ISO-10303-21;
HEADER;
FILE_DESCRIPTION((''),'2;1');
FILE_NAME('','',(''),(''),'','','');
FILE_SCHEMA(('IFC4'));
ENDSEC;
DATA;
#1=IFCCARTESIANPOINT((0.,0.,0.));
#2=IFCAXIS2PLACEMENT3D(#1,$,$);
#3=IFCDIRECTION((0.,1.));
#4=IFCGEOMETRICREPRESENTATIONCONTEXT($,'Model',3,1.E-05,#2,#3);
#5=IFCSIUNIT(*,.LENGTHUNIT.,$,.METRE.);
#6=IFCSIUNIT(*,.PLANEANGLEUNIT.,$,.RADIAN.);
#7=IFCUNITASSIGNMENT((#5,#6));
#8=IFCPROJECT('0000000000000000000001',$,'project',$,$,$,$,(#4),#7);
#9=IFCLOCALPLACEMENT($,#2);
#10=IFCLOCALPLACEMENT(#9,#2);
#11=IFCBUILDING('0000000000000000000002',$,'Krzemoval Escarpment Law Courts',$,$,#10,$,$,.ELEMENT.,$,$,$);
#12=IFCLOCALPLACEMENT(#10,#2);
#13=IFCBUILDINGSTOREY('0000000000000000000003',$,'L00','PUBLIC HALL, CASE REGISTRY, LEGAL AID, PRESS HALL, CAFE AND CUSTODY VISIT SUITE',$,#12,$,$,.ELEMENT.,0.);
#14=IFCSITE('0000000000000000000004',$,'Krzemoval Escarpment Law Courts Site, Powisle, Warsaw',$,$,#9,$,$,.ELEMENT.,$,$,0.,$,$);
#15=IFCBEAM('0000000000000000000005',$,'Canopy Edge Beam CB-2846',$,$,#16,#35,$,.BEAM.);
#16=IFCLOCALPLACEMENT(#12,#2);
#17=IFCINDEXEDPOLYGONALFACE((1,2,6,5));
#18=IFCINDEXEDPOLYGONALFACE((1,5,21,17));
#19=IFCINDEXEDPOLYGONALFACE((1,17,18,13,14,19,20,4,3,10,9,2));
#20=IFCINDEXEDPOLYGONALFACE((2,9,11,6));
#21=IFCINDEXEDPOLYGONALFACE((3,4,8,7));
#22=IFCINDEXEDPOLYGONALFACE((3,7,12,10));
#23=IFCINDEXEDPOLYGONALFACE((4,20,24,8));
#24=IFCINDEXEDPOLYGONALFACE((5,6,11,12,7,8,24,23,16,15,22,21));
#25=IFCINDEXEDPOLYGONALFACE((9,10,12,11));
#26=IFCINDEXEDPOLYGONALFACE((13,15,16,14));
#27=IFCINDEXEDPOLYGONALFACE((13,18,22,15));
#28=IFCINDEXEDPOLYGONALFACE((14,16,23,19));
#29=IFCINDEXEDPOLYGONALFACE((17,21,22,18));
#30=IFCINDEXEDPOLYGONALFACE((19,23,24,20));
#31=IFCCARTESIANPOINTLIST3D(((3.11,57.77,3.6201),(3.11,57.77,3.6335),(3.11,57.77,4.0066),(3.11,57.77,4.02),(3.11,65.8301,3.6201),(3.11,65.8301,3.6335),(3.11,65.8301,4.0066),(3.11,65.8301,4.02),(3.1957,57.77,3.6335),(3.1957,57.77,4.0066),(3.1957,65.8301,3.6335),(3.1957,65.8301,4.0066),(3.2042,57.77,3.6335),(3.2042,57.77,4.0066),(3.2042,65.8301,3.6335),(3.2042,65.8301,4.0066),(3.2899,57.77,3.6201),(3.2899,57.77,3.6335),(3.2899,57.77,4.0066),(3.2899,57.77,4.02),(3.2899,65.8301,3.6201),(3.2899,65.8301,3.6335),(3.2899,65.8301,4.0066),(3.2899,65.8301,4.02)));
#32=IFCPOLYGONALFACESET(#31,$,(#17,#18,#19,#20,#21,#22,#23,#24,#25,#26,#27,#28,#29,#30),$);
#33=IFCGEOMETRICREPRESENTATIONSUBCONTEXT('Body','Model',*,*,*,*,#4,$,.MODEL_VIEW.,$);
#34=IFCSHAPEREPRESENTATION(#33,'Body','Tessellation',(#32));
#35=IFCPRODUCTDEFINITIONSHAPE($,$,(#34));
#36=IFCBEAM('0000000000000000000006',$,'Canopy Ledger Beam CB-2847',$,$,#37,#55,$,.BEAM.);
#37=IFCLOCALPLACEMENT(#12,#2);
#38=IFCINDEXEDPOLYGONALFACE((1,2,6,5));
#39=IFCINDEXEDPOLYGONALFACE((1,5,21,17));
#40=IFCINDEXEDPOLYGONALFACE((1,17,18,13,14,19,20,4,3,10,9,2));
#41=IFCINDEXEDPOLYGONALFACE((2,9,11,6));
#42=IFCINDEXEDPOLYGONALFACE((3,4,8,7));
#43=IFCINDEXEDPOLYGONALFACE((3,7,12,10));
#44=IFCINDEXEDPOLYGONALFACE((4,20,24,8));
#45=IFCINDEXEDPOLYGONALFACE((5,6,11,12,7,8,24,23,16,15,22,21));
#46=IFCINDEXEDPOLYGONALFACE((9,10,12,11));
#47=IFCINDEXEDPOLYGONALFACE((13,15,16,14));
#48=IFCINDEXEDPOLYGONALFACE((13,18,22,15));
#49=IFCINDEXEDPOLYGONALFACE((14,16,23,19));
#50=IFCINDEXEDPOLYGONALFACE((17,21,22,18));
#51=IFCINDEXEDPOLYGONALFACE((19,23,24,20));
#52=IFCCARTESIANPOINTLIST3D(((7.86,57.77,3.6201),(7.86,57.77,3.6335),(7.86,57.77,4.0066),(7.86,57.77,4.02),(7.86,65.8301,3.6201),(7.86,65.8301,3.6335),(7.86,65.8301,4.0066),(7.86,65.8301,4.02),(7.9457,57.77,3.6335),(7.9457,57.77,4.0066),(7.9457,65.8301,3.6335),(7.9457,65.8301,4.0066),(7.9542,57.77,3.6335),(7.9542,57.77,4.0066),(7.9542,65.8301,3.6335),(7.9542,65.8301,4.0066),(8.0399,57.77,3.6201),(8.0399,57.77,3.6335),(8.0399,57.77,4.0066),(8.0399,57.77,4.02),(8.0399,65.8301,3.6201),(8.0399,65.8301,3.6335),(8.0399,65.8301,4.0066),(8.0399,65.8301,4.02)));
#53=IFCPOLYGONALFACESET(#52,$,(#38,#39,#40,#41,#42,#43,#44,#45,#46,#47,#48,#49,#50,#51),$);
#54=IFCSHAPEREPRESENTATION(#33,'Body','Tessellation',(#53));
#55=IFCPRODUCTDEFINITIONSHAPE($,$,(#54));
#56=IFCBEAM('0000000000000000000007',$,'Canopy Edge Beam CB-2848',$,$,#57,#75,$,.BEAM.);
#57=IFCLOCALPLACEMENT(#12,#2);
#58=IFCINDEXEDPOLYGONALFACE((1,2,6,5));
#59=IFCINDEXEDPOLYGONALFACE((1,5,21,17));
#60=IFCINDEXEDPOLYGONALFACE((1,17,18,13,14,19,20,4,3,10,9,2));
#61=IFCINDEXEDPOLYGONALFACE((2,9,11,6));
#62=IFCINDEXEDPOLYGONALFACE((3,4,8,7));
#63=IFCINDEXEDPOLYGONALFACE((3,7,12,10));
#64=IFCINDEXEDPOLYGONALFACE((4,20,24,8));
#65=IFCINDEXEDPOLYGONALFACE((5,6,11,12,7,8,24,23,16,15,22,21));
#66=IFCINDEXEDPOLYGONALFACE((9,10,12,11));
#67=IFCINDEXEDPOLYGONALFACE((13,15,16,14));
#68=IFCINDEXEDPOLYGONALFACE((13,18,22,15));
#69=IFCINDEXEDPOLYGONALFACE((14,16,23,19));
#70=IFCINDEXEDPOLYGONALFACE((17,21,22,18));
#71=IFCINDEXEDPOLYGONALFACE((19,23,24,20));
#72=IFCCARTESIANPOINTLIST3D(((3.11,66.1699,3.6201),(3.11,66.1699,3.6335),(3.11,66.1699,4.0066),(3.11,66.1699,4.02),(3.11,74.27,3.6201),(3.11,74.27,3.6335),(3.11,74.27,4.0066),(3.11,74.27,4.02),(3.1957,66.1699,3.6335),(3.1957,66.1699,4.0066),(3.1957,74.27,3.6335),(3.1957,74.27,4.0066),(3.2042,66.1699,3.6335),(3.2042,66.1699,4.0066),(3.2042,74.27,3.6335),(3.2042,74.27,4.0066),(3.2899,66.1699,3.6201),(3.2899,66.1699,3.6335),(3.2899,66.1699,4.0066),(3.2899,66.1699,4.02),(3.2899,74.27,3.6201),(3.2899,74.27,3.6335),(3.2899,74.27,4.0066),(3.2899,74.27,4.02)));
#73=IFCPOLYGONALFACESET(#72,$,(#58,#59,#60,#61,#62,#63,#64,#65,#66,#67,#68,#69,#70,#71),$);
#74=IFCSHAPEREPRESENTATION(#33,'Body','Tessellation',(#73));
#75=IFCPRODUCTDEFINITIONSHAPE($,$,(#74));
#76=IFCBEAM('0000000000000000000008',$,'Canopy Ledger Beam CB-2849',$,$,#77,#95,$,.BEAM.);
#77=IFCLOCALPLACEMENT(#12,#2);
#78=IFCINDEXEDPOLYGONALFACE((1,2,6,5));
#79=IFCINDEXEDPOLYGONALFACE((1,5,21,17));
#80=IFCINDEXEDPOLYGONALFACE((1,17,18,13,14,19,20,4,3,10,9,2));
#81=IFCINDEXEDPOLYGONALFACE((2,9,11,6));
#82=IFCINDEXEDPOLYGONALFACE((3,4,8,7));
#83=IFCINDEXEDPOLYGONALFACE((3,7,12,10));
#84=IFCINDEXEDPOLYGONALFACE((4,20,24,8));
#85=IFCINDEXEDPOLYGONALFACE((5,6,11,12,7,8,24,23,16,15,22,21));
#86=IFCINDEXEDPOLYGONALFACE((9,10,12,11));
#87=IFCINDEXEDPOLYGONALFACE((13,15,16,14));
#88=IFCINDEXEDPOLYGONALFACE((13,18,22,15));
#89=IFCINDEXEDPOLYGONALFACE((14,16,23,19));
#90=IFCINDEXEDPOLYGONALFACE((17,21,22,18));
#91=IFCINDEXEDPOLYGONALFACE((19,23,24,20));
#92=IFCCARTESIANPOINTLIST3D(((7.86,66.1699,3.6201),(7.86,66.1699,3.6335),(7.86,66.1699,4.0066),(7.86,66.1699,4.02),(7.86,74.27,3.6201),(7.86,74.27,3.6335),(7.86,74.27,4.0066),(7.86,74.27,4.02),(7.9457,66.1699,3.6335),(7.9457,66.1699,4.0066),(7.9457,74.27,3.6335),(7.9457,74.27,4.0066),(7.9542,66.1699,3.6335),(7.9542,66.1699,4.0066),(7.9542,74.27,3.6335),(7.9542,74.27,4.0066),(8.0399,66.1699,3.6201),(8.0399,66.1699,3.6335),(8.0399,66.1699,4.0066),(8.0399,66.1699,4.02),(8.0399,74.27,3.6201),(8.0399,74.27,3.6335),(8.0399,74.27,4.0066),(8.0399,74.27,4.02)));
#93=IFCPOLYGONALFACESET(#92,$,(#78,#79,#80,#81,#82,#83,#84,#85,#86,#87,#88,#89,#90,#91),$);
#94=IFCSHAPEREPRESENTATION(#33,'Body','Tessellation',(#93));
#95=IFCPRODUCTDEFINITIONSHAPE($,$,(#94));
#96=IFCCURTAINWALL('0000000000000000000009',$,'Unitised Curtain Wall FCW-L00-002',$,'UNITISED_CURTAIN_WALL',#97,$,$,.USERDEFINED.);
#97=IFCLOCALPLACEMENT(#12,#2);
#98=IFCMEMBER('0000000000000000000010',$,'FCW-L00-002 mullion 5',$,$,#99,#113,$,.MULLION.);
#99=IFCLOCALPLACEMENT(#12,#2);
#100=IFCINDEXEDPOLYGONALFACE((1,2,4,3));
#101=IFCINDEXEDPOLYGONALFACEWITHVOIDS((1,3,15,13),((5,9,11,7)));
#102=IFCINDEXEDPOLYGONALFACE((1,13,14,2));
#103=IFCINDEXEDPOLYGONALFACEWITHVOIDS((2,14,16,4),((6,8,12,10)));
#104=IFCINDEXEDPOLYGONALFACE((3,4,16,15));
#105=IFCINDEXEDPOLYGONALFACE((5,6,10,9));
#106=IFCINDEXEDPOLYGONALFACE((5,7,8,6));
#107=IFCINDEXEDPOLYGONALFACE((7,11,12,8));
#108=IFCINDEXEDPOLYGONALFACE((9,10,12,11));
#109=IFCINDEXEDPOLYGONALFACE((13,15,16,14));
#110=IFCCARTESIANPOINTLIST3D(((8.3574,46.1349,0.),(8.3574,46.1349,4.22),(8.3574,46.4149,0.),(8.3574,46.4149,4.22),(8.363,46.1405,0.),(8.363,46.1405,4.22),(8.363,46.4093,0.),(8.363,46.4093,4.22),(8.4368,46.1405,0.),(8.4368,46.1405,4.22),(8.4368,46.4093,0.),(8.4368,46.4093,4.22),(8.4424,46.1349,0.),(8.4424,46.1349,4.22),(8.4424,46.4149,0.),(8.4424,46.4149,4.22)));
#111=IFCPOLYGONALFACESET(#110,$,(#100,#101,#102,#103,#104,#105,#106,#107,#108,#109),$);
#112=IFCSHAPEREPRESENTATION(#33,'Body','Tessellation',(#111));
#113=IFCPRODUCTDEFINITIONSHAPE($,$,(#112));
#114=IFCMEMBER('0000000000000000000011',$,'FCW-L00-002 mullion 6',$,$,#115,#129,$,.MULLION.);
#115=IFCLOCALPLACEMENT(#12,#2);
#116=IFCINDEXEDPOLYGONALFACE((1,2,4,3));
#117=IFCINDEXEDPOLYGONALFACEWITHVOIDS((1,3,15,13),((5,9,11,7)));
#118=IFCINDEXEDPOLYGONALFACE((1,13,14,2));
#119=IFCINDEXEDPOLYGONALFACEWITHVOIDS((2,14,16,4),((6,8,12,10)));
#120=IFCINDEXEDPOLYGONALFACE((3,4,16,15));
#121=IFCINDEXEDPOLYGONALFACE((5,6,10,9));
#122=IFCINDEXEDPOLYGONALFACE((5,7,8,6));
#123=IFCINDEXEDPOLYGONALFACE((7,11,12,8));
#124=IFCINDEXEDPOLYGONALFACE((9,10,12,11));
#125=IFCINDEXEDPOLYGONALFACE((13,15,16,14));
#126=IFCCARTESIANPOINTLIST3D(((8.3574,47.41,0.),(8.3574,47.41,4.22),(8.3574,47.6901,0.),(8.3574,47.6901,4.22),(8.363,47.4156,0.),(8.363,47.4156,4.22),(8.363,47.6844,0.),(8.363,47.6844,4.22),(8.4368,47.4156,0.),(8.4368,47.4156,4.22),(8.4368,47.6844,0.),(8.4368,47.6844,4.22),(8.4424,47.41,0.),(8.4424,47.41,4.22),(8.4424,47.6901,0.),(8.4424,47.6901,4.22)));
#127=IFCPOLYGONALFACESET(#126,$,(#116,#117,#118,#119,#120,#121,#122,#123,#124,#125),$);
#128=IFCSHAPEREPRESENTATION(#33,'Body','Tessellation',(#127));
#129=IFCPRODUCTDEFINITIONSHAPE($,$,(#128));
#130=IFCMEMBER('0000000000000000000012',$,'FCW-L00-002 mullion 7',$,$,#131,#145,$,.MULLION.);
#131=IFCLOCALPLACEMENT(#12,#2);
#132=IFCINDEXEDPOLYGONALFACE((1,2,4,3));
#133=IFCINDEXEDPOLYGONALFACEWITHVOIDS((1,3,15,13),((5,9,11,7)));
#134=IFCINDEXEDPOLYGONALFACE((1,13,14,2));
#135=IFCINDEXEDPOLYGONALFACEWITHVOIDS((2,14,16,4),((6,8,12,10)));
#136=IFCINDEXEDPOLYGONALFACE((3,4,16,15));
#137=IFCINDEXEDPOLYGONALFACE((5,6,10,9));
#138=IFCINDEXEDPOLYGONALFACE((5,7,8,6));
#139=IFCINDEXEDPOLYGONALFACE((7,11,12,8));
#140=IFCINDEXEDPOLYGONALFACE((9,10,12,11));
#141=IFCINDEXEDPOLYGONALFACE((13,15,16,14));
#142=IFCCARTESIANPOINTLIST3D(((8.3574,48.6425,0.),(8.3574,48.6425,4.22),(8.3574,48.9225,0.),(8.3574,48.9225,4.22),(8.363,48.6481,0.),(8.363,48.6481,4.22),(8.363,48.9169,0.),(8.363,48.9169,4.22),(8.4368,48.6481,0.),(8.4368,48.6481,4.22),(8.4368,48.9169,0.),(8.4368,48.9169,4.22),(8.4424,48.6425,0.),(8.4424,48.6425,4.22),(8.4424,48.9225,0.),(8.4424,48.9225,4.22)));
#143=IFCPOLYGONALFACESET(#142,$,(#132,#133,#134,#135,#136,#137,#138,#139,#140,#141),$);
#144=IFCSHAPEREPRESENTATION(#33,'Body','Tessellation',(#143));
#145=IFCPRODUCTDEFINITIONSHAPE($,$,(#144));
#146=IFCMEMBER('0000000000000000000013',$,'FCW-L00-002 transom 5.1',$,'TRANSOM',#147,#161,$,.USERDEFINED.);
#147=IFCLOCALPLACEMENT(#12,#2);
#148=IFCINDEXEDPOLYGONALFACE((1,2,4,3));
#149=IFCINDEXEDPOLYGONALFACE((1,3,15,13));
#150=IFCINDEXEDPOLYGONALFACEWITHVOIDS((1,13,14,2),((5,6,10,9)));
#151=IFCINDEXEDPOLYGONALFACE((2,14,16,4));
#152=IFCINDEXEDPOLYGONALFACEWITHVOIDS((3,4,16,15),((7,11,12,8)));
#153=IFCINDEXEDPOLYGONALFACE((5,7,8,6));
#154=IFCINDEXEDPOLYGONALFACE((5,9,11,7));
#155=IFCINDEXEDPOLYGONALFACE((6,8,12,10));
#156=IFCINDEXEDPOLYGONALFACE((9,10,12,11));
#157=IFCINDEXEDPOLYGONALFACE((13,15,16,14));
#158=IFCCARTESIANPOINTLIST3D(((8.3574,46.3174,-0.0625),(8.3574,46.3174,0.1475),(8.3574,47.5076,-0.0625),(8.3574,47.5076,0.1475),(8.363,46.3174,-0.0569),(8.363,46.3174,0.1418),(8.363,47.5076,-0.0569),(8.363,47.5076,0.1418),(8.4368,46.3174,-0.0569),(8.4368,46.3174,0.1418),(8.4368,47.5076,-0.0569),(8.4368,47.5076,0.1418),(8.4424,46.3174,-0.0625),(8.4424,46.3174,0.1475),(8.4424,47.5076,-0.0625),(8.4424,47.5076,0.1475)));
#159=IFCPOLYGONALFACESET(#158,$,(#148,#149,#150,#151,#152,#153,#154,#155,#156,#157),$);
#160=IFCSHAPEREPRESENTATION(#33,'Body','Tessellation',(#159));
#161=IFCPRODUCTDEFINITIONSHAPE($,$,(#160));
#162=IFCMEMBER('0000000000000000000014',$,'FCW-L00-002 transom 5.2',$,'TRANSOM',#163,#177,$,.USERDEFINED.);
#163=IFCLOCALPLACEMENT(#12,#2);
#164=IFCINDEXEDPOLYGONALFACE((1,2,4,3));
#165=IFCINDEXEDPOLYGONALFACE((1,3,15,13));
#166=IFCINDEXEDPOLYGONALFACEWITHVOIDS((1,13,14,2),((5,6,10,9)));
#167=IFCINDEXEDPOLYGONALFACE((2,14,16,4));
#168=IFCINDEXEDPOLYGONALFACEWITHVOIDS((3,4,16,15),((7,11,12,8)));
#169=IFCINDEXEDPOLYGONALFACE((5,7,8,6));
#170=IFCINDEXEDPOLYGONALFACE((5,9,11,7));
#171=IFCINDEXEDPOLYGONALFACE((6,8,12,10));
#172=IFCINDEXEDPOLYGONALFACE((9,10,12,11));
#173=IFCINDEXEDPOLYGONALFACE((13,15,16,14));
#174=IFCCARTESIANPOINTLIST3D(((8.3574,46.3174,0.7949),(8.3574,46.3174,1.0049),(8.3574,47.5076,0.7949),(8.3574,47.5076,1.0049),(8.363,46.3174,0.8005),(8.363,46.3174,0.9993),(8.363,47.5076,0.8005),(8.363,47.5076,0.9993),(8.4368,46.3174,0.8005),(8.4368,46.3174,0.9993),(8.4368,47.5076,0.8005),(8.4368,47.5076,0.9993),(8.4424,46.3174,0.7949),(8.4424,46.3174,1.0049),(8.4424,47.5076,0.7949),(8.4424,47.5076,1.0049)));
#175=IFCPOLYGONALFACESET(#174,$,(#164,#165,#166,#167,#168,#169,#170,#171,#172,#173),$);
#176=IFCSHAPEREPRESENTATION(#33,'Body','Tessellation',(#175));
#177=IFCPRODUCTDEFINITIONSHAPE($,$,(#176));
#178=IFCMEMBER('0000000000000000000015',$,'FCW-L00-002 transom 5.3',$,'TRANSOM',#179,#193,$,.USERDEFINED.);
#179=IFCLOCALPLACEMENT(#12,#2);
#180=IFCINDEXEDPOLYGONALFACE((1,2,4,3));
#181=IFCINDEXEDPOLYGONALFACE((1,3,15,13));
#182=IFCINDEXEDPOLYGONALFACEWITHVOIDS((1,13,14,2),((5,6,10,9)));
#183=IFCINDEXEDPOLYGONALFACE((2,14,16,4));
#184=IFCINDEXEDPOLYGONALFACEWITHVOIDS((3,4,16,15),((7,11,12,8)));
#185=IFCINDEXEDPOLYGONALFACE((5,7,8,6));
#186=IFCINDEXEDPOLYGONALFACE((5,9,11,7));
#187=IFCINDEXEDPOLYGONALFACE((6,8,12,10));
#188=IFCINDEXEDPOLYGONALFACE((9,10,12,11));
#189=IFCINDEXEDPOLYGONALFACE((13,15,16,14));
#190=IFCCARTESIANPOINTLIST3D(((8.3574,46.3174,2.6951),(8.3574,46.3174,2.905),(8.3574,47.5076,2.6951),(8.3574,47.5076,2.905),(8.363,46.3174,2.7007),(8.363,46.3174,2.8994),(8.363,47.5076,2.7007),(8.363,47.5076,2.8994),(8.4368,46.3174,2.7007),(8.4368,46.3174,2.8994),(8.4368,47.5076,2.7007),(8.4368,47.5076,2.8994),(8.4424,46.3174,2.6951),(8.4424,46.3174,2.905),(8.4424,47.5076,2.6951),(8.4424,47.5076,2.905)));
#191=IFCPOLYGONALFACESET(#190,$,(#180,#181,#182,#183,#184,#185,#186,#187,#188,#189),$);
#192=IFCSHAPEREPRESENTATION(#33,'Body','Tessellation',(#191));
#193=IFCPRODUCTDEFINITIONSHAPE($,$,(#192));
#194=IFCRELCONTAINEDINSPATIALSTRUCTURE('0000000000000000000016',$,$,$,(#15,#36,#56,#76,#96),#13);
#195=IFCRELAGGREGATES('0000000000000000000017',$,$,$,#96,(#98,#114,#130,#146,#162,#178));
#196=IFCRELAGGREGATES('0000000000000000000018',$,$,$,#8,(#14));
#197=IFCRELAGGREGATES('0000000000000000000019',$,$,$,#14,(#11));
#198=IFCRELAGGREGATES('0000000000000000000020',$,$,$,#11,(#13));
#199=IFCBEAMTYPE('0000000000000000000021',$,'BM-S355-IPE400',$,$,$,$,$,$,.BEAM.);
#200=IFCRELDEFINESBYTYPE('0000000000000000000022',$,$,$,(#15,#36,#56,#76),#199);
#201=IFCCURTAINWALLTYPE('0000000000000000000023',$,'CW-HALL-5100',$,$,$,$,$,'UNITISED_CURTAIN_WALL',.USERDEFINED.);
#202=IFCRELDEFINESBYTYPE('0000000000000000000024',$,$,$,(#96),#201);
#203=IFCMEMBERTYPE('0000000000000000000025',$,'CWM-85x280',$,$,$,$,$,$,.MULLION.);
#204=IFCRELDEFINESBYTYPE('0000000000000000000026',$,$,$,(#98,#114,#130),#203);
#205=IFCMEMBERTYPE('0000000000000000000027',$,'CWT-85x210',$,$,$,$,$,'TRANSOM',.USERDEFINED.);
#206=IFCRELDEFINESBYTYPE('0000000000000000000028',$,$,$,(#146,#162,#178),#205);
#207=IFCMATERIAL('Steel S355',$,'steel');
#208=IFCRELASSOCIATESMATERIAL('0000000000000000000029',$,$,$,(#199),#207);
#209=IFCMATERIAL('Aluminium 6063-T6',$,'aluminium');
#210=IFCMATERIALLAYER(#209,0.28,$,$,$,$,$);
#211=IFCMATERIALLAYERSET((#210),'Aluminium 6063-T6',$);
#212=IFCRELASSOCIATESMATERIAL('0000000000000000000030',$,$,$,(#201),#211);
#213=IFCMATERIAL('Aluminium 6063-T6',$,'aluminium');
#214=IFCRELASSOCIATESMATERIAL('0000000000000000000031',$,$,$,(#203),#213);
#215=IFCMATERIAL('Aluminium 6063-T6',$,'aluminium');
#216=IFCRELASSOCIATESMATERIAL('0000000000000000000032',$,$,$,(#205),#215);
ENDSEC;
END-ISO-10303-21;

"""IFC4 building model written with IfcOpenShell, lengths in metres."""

from ifc_helpers import new_model, si_unit, direction, frame, origin, origin_2d, place, context, subcontext, project, spatial, hollow_rectangle, i_section, extrude, material, layer, layer_set, material_profile, profile_set, type_object, element, aggregate, save


model = new_model("IFC4")

# Units and contexts
model_context = context("Model", 3, precision=1e-05, world=origin(), true_north=direction((0.0, 1.0)))
body_context = subcontext(model_context, "Body", "Model", "MODEL_VIEW")
ifc_project = project(units=[si_unit("LENGTHUNIT", "METRE"), si_unit("PLANEANGLEUNIT", "RADIAN")], contexts=[model_context])

# Site, building, storey
site_placement = place(None, origin())
site = spatial("IfcSite", under=ifc_project, at=site_placement, Name="Krzemoval Escarpment Law Courts Site, Powisle, Warsaw", CompositionType="ELEMENT", RefElevation=0.0)
building_placement = place(site_placement, origin())
building = spatial("IfcBuilding", under=site, at=building_placement, Name="Krzemoval Escarpment Law Courts", CompositionType="ELEMENT")
storey_placement = place(building_placement, origin())
storey = spatial("IfcBuildingStorey", under=building, at=storey_placement, Name="L00", Description="PUBLIC HALL, CASE REGISTRY, LEGAL AID, PRESS HALL, CAFE AND CUSTODY VISIT SUITE", CompositionType="ELEMENT", Elevation=0.0)

# Beams
ifc_material_1 = material(Name="Steel S355", Category="steel")
ifc_material_profile_1 = material_profile(ifc_material_1, i_section(OverallWidth=0.1799, OverallDepth=0.3999, WebThickness=0.0085, FlangeThickness=0.0134, at=origin_2d()), Name="IPE 400")
ifc_profile_set_1 = profile_set([ifc_material_profile_1], Name="Steel S355")
beam_type_1 = type_object("IfcBeamType", Name="BM-S355-IPE400", PredefinedType="BEAM", material=ifc_profile_set_1)
for number, where, z_axis, x_axis, name in (
    (1, (3.2, 57.77, 3.8201), (0.0, 1.0, 0.0), (-1.0, 0.0, 0.0), "Canopy Edge Beam CB-2846"),
    (2, (7.95, 57.77, 3.8201), (0.0, 1.0, 0.0), (-1.0, 0.0, 0.0), "Canopy Ledger Beam CB-2847"),
):
    element("IfcBeam", number, at=place(storey_placement, frame(where, z_axis=z_axis, x_axis=x_axis)), inside=storey, type_object=beam_type_1, Name=name, PredefinedType="BEAM", context=body_context, shape_type="SweptSolid", body=[
        extrude(i_section(OverallWidth=0.1799, OverallDepth=0.3999, WebThickness=0.0085, FlangeThickness=0.0134, at=origin_2d()), origin(), (0.0, 0.0, 1.0), 8.0601),
    ])
for number, where, z_axis, x_axis, name in (
    (3, (3.2, 66.1699, 3.8201), (0.0, 1.0, 0.0), (-1.0, 0.0, 0.0), "Canopy Edge Beam CB-2848"),
    (4, (7.95, 66.1699, 3.8201), (0.0, 1.0, 0.0), (-1.0, 0.0, 0.0), "Canopy Ledger Beam CB-2849"),
):
    element("IfcBeam", number, at=place(storey_placement, frame(where, z_axis=z_axis, x_axis=x_axis)), inside=storey, type_object=beam_type_1, Name=name, PredefinedType="BEAM", context=body_context, shape_type="SweptSolid", body=[
        extrude(i_section(OverallWidth=0.1799, OverallDepth=0.3999, WebThickness=0.0085, FlangeThickness=0.0134, at=origin_2d()), origin(), (0.0, 0.0, 1.0), 8.1001),
    ])

# Curtain wall, members
ifc_material_2 = material(Name="Aluminium 6063-T6", Category="aluminium")
ifc_layer_1 = layer(ifc_material_2, 0.28)
ifc_layer_set_1 = layer_set([ifc_layer_1], Name="Aluminium 6063-T6")
curtain_wall_type = type_object("IfcCurtainWallType", Name="CW-HALL-5100", ElementType="UNITISED_CURTAIN_WALL", PredefinedType="USERDEFINED", material=ifc_layer_set_1)
curtain_wall_placement = place(storey_placement, origin())
curtain_wall = element("IfcCurtainWall", 5, at=curtain_wall_placement, inside=storey, type_object=curtain_wall_type, Name="Unitised Curtain Wall FCW-L00-002", ObjectType="UNITISED_CURTAIN_WALL", PredefinedType="USERDEFINED")
ifc_material_3 = material(Name="Aluminium 6063-T6", Category="aluminium")
ifc_material_profile_2 = material_profile(ifc_material_3, hollow_rectangle(XDim=0.085, YDim=0.28, WallThickness=0.0056, at=origin_2d()), Name="ALU M85x280")
ifc_profile_set_2 = profile_set([ifc_material_profile_2], Name="Aluminium 6063-T6")
member_type_1 = type_object("IfcMemberType", Name="CWM-85x280", PredefinedType="MULLION", material=ifc_profile_set_2)
member_1_placement = place(storey_placement, frame((8.3999, 46.2749, 0.0), z_axis=(0.0, 0.0, 1.0), x_axis=(-1.0, 0.0, 0.0)))
member_1 = element("IfcMember", 6, at=member_1_placement, type_object=member_type_1, Name="FCW-L00-002 mullion 5", PredefinedType="MULLION", context=body_context, shape_type="SweptSolid", body=[
    extrude(hollow_rectangle(XDim=0.085, YDim=0.28, WallThickness=0.0056, at=origin_2d()), origin(), (0.0, 0.0, 1.0), 4.22),
])
member_2_placement = place(storey_placement, frame((8.3999, 47.55, 0.0), z_axis=(0.0, 0.0, 1.0), x_axis=(-1.0, 0.0, 0.0)))
member_2 = element("IfcMember", 7, at=member_2_placement, type_object=member_type_1, Name="FCW-L00-002 mullion 6", PredefinedType="MULLION", context=body_context, shape_type="SweptSolid", body=[
    extrude(hollow_rectangle(XDim=0.085, YDim=0.28, WallThickness=0.0056, at=origin_2d()), origin(), (0.0, 0.0, 1.0), 4.22),
])
member_3_placement = place(storey_placement, frame((8.3999, 48.7825, 0.0), z_axis=(0.0, 0.0, 1.0), x_axis=(-1.0, 0.0, 0.0)))
member_3 = element("IfcMember", 8, at=member_3_placement, type_object=member_type_1, Name="FCW-L00-002 mullion 7", PredefinedType="MULLION", context=body_context, shape_type="SweptSolid", body=[
    extrude(hollow_rectangle(XDim=0.085, YDim=0.28, WallThickness=0.0056, at=origin_2d()), origin(), (0.0, 0.0, 1.0), 4.22),
])
ifc_material_4 = material(Name="Aluminium 6063-T6", Category="aluminium")
ifc_material_profile_3 = material_profile(ifc_material_4, hollow_rectangle(XDim=0.085, YDim=0.21, WallThickness=0.0056, at=origin_2d()), Name="ALU T85x210")
ifc_profile_set_3 = profile_set([ifc_material_profile_3], Name="Aluminium 6063-T6")
member_type_2 = type_object("IfcMemberType", Name="CWT-85x210", ElementType="TRANSOM", PredefinedType="USERDEFINED", material=ifc_profile_set_3)
member_4_placement = place(storey_placement, frame((8.3999, 46.3174, 0.0425), z_axis=(0.0, 1.0, 0.0), x_axis=(-1.0, 0.0, 0.0)))
member_4 = element("IfcMember", 9, at=member_4_placement, type_object=member_type_2, Name="FCW-L00-002 transom 5.1", ObjectType="TRANSOM", PredefinedType="USERDEFINED", context=body_context, shape_type="SweptSolid", body=[
    extrude(hollow_rectangle(XDim=0.085, YDim=0.21, WallThickness=0.0056, at=origin_2d()), origin(), (0.0, 0.0, 1.0), 1.1902),
])
member_5_placement = place(storey_placement, frame((8.3999, 46.3174, 0.8999), z_axis=(0.0, 1.0, 0.0), x_axis=(-1.0, 0.0, 0.0)))
member_5 = element("IfcMember", 10, at=member_5_placement, type_object=member_type_2, Name="FCW-L00-002 transom 5.2", ObjectType="TRANSOM", PredefinedType="USERDEFINED", context=body_context, shape_type="SweptSolid", body=[
    extrude(hollow_rectangle(XDim=0.085, YDim=0.21, WallThickness=0.0056, at=origin_2d()), origin(), (0.0, 0.0, 1.0), 1.1902),
])
member_6_placement = place(storey_placement, frame((8.3999, 46.3174, 2.8), z_axis=(0.0, 1.0, 0.0), x_axis=(-1.0, 0.0, 0.0)))
member_6 = element("IfcMember", 11, at=member_6_placement, type_object=member_type_2, Name="FCW-L00-002 transom 5.3", ObjectType="TRANSOM", PredefinedType="USERDEFINED", context=body_context, shape_type="SweptSolid", body=[
    extrude(hollow_rectangle(XDim=0.085, YDim=0.21, WallThickness=0.0056, at=origin_2d()), origin(), (0.0, 0.0, 1.0), 1.1902),
])

aggregate(curtain_wall, [member_1, member_2, member_3, member_4, member_5, member_6])

save(model, "model.ifc")
